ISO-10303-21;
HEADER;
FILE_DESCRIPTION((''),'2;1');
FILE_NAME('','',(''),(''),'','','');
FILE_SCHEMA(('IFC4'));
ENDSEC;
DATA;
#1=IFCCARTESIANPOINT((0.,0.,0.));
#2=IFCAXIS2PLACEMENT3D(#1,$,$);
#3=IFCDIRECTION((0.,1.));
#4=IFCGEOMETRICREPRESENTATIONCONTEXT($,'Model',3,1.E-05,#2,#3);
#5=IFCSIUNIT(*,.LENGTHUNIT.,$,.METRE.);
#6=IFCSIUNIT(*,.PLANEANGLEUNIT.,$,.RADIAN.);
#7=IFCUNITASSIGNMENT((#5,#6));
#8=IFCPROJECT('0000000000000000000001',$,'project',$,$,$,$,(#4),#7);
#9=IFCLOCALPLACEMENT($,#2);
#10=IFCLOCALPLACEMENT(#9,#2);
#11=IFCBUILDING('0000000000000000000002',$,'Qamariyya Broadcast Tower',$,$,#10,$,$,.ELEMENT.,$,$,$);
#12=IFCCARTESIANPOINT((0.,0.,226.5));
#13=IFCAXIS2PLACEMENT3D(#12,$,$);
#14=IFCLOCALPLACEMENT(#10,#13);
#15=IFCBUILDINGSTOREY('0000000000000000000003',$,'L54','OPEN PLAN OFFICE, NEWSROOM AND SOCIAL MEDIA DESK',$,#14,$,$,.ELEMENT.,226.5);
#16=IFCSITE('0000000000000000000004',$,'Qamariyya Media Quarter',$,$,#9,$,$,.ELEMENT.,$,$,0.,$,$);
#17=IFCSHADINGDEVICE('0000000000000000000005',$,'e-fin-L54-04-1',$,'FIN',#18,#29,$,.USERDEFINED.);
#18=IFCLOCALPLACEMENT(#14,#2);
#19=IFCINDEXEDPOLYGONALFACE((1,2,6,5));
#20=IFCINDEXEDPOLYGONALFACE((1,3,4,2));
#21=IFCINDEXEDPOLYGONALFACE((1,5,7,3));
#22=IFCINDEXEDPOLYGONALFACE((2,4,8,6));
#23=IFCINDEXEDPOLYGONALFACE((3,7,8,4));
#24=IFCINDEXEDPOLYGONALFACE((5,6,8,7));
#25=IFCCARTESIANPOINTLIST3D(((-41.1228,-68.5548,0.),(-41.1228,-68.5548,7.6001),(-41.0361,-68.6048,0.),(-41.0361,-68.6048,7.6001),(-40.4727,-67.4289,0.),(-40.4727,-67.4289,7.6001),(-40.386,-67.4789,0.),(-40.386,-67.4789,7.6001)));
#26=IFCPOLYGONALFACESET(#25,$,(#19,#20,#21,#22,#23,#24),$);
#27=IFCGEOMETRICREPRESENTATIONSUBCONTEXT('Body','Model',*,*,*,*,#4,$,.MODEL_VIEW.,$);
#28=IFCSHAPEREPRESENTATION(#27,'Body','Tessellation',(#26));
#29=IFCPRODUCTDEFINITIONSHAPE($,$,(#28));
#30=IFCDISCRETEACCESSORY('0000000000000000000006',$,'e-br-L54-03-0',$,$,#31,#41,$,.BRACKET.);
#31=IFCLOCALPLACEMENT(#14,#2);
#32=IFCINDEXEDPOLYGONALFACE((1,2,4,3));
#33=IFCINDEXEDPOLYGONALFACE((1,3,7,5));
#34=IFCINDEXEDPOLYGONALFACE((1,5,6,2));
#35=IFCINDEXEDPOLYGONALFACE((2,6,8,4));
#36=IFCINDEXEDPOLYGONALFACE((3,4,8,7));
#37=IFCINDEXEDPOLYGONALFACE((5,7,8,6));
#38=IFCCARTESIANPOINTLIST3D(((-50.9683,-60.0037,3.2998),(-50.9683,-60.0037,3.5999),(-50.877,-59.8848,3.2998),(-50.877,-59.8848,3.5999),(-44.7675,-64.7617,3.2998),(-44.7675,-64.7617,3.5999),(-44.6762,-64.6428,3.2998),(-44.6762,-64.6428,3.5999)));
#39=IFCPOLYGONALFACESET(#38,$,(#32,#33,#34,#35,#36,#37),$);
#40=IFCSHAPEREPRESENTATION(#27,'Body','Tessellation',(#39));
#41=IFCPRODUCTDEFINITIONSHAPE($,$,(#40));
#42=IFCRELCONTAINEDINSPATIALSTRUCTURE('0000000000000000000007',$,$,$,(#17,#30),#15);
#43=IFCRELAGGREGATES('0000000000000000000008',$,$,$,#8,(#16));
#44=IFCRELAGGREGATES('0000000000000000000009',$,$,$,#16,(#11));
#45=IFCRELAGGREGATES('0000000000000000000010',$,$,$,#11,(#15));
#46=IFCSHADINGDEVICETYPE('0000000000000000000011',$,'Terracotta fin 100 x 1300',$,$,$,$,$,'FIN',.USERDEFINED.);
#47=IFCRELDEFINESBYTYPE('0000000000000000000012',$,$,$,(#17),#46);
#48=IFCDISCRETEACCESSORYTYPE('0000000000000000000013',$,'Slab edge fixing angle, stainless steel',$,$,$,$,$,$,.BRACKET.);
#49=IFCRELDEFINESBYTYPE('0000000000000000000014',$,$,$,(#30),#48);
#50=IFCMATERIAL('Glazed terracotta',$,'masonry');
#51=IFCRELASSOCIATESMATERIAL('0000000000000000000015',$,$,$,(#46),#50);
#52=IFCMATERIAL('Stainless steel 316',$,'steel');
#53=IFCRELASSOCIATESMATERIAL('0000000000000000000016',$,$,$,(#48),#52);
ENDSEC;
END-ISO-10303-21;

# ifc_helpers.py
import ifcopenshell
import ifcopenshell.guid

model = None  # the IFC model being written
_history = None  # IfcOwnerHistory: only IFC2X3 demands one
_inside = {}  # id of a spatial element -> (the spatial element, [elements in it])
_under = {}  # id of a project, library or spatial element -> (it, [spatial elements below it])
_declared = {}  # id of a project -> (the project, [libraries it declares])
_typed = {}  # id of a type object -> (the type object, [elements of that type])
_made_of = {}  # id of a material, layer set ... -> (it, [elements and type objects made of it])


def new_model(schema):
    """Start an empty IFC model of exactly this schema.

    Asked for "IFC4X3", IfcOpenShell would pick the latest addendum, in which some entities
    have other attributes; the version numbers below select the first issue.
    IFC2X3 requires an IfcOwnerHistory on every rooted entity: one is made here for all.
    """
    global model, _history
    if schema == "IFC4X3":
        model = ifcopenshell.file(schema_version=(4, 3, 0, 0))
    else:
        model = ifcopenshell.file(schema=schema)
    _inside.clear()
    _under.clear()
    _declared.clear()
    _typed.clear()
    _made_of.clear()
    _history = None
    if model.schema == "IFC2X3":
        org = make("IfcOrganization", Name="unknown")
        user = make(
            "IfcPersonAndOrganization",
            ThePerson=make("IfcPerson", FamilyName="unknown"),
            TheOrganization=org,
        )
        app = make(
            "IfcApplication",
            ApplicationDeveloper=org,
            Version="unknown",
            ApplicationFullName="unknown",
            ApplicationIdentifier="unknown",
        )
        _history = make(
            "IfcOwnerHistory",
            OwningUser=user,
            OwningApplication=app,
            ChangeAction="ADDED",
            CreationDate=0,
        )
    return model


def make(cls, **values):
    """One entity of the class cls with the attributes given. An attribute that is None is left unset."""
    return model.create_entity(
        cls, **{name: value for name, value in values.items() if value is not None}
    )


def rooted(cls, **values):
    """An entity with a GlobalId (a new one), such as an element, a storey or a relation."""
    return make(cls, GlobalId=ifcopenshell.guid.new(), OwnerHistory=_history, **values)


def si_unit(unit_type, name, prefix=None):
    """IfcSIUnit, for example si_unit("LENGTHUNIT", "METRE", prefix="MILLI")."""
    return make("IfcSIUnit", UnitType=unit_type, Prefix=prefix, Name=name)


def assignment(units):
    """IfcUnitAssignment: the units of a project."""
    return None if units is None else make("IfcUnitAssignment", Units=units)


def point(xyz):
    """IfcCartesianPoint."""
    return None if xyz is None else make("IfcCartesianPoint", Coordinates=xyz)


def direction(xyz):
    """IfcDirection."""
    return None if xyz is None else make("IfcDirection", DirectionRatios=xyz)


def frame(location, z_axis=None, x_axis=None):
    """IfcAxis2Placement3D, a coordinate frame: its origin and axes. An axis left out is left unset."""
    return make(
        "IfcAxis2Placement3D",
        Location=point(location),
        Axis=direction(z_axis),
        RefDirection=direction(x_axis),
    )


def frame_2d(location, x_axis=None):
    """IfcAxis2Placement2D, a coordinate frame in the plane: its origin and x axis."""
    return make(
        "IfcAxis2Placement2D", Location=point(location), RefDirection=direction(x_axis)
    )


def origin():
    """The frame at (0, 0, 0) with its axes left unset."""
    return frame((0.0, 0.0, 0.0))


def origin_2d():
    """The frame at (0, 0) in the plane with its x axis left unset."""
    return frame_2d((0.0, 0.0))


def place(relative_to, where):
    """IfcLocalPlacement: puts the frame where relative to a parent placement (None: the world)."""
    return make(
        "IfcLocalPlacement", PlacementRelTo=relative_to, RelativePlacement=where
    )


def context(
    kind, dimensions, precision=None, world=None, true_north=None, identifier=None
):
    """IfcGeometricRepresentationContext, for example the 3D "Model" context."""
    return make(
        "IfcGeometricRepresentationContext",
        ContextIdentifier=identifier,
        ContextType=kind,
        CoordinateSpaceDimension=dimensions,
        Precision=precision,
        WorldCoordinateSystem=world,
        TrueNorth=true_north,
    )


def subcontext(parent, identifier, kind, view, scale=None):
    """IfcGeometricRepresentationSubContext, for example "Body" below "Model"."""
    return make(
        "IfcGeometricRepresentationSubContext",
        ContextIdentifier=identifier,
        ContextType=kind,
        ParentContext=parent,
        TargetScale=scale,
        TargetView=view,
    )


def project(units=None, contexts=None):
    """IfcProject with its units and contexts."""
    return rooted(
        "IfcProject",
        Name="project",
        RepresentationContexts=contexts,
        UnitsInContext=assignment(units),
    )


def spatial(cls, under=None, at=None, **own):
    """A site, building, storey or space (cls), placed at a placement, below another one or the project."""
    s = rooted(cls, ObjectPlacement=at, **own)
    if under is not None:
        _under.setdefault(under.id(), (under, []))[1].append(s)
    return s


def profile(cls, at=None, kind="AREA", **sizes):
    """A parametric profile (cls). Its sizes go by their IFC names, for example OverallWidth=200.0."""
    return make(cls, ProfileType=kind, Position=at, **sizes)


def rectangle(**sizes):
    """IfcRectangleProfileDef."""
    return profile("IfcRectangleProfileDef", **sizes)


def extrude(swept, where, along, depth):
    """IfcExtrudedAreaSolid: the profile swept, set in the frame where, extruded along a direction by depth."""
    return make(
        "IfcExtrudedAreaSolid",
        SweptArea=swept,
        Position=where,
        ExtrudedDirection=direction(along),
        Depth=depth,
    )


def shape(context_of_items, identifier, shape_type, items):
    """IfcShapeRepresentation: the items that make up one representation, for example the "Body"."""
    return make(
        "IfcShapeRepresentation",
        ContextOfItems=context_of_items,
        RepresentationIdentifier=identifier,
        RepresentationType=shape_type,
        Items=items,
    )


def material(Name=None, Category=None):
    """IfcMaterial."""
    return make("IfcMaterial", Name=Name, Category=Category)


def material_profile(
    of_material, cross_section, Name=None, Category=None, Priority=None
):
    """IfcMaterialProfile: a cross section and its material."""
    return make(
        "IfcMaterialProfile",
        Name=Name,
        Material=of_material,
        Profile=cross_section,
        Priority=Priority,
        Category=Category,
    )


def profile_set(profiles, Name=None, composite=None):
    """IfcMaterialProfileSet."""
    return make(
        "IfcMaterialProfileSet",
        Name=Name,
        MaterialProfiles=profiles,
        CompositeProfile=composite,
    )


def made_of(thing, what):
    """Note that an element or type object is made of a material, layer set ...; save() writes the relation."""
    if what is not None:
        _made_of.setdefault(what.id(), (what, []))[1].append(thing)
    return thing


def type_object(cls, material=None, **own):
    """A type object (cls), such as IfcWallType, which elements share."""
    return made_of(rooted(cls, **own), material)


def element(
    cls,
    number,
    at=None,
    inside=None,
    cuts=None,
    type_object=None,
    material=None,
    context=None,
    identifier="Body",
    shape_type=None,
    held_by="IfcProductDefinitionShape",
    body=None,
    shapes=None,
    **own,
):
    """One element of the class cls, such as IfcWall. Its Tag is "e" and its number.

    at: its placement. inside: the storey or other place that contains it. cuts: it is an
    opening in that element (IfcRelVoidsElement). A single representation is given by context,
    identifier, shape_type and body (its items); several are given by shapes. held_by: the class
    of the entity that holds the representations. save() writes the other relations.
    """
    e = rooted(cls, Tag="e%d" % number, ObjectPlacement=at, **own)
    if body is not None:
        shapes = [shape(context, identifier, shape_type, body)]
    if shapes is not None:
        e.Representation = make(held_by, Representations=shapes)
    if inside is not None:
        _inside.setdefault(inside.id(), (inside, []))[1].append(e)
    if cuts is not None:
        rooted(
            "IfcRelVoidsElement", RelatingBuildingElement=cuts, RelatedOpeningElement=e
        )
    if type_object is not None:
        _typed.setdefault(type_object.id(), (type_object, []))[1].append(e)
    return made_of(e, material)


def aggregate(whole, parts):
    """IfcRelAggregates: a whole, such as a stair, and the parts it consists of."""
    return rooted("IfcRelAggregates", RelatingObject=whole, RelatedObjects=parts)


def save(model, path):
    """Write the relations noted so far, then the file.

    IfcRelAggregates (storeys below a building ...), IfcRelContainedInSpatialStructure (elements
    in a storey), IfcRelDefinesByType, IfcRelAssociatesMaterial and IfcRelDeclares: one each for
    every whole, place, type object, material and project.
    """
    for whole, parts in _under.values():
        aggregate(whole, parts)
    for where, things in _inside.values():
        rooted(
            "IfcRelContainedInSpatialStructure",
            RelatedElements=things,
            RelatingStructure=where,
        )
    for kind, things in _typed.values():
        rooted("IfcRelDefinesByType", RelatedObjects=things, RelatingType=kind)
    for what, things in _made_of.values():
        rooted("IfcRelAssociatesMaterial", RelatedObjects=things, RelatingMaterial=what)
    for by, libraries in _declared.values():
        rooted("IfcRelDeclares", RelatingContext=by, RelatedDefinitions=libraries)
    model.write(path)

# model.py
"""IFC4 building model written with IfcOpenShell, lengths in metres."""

from ifc_helpers import new_model, si_unit, direction, frame, origin, origin_2d, place, context, subcontext, project, spatial, rectangle, extrude, material, material_profile, profile_set, type_object, element, save


model = new_model("IFC4")

# Units and contexts
model_context = context("Model", 3, precision=1e-05, world=origin(), true_north=direction((0.0, 1.0)))
body_context = subcontext(model_context, "Body", "Model", "MODEL_VIEW")
ifc_project = project(units=[si_unit("LENGTHUNIT", "METRE"), si_unit("PLANEANGLEUNIT", "RADIAN")], contexts=[model_context])

# Site, building, storey
site_placement = place(None, origin())
site = spatial("IfcSite", under=ifc_project, at=site_placement, Name="Qamariyya Media Quarter", CompositionType="ELEMENT", RefElevation=0.0)
building_placement = place(site_placement, origin())
building = spatial("IfcBuilding", under=site, at=building_placement, Name="Qamariyya Broadcast Tower", CompositionType="ELEMENT")
storey_placement = place(building_placement, frame((0.0, 0.0, 226.5)))
storey = spatial("IfcBuildingStorey", under=building, at=storey_placement, Name="L54", Description="OPEN PLAN OFFICE, NEWSROOM AND SOCIAL MEDIA DESK", CompositionType="ELEMENT", Elevation=226.5)

# Shading device
ifc_material_1 = material(Name="Glazed terracotta", Category="masonry")
ifc_material_profile_1 = material_profile(ifc_material_1, rectangle(XDim=1.3, YDim=0.1001, at=origin_2d()))
ifc_profile_set_1 = profile_set([ifc_material_profile_1], Name="Glazed terracotta")
shading_device_type_1 = type_object("IfcShadingDeviceType", Name="Terracotta fin 100 x 1300", ElementType="FIN", PredefinedType="USERDEFINED", material=ifc_profile_set_1)
for number, where, z_axis, x_axis, name in (
    (1, (-40.7544, -68.0168, 0.0), (0.0, 0.0, 1.0), (-0.5, -0.866025, 0.0), "e-fin-L54-04-1"),
):
    element("IfcShadingDevice", number, at=place(storey_placement, frame(where, z_axis=z_axis, x_axis=x_axis)), inside=storey, type_object=shading_device_type_1, Name=name, ObjectType="FIN", PredefinedType="USERDEFINED", context=body_context, shape_type="SweptSolid", body=[
        extrude(rectangle(XDim=1.3, YDim=0.1001, at=origin_2d()), origin(), (0.0, 0.0, 1.0), 7.6001),
    ])

# Discrete accessory
ifc_material_2 = material(Name="Stainless steel 316", Category="steel")
discrete_accessory_type = type_object("IfcDiscreteAccessoryType", Name="Slab edge fixing angle, stainless steel", PredefinedType="BRACKET", material=ifc_material_2)
discrete_accessory_placement = place(storey_placement, frame((-47.8223, -62.3232, 3.2998), z_axis=(0.0, 0.0, 1.0), x_axis=(0.793353, -0.608761, 0.0)))
element("IfcDiscreteAccessory", 2, at=discrete_accessory_placement, inside=storey, type_object=discrete_accessory_type, Name="e-br-L54-03-0", PredefinedType="BRACKET", context=body_context, shape_type="SweptSolid", body=[
    extrude(rectangle(XDim=7.8159, YDim=0.1499, at=origin_2d()), origin(), (0.0, 0.0, 1.0), 0.3),
])

save(model, "model.ifc")
